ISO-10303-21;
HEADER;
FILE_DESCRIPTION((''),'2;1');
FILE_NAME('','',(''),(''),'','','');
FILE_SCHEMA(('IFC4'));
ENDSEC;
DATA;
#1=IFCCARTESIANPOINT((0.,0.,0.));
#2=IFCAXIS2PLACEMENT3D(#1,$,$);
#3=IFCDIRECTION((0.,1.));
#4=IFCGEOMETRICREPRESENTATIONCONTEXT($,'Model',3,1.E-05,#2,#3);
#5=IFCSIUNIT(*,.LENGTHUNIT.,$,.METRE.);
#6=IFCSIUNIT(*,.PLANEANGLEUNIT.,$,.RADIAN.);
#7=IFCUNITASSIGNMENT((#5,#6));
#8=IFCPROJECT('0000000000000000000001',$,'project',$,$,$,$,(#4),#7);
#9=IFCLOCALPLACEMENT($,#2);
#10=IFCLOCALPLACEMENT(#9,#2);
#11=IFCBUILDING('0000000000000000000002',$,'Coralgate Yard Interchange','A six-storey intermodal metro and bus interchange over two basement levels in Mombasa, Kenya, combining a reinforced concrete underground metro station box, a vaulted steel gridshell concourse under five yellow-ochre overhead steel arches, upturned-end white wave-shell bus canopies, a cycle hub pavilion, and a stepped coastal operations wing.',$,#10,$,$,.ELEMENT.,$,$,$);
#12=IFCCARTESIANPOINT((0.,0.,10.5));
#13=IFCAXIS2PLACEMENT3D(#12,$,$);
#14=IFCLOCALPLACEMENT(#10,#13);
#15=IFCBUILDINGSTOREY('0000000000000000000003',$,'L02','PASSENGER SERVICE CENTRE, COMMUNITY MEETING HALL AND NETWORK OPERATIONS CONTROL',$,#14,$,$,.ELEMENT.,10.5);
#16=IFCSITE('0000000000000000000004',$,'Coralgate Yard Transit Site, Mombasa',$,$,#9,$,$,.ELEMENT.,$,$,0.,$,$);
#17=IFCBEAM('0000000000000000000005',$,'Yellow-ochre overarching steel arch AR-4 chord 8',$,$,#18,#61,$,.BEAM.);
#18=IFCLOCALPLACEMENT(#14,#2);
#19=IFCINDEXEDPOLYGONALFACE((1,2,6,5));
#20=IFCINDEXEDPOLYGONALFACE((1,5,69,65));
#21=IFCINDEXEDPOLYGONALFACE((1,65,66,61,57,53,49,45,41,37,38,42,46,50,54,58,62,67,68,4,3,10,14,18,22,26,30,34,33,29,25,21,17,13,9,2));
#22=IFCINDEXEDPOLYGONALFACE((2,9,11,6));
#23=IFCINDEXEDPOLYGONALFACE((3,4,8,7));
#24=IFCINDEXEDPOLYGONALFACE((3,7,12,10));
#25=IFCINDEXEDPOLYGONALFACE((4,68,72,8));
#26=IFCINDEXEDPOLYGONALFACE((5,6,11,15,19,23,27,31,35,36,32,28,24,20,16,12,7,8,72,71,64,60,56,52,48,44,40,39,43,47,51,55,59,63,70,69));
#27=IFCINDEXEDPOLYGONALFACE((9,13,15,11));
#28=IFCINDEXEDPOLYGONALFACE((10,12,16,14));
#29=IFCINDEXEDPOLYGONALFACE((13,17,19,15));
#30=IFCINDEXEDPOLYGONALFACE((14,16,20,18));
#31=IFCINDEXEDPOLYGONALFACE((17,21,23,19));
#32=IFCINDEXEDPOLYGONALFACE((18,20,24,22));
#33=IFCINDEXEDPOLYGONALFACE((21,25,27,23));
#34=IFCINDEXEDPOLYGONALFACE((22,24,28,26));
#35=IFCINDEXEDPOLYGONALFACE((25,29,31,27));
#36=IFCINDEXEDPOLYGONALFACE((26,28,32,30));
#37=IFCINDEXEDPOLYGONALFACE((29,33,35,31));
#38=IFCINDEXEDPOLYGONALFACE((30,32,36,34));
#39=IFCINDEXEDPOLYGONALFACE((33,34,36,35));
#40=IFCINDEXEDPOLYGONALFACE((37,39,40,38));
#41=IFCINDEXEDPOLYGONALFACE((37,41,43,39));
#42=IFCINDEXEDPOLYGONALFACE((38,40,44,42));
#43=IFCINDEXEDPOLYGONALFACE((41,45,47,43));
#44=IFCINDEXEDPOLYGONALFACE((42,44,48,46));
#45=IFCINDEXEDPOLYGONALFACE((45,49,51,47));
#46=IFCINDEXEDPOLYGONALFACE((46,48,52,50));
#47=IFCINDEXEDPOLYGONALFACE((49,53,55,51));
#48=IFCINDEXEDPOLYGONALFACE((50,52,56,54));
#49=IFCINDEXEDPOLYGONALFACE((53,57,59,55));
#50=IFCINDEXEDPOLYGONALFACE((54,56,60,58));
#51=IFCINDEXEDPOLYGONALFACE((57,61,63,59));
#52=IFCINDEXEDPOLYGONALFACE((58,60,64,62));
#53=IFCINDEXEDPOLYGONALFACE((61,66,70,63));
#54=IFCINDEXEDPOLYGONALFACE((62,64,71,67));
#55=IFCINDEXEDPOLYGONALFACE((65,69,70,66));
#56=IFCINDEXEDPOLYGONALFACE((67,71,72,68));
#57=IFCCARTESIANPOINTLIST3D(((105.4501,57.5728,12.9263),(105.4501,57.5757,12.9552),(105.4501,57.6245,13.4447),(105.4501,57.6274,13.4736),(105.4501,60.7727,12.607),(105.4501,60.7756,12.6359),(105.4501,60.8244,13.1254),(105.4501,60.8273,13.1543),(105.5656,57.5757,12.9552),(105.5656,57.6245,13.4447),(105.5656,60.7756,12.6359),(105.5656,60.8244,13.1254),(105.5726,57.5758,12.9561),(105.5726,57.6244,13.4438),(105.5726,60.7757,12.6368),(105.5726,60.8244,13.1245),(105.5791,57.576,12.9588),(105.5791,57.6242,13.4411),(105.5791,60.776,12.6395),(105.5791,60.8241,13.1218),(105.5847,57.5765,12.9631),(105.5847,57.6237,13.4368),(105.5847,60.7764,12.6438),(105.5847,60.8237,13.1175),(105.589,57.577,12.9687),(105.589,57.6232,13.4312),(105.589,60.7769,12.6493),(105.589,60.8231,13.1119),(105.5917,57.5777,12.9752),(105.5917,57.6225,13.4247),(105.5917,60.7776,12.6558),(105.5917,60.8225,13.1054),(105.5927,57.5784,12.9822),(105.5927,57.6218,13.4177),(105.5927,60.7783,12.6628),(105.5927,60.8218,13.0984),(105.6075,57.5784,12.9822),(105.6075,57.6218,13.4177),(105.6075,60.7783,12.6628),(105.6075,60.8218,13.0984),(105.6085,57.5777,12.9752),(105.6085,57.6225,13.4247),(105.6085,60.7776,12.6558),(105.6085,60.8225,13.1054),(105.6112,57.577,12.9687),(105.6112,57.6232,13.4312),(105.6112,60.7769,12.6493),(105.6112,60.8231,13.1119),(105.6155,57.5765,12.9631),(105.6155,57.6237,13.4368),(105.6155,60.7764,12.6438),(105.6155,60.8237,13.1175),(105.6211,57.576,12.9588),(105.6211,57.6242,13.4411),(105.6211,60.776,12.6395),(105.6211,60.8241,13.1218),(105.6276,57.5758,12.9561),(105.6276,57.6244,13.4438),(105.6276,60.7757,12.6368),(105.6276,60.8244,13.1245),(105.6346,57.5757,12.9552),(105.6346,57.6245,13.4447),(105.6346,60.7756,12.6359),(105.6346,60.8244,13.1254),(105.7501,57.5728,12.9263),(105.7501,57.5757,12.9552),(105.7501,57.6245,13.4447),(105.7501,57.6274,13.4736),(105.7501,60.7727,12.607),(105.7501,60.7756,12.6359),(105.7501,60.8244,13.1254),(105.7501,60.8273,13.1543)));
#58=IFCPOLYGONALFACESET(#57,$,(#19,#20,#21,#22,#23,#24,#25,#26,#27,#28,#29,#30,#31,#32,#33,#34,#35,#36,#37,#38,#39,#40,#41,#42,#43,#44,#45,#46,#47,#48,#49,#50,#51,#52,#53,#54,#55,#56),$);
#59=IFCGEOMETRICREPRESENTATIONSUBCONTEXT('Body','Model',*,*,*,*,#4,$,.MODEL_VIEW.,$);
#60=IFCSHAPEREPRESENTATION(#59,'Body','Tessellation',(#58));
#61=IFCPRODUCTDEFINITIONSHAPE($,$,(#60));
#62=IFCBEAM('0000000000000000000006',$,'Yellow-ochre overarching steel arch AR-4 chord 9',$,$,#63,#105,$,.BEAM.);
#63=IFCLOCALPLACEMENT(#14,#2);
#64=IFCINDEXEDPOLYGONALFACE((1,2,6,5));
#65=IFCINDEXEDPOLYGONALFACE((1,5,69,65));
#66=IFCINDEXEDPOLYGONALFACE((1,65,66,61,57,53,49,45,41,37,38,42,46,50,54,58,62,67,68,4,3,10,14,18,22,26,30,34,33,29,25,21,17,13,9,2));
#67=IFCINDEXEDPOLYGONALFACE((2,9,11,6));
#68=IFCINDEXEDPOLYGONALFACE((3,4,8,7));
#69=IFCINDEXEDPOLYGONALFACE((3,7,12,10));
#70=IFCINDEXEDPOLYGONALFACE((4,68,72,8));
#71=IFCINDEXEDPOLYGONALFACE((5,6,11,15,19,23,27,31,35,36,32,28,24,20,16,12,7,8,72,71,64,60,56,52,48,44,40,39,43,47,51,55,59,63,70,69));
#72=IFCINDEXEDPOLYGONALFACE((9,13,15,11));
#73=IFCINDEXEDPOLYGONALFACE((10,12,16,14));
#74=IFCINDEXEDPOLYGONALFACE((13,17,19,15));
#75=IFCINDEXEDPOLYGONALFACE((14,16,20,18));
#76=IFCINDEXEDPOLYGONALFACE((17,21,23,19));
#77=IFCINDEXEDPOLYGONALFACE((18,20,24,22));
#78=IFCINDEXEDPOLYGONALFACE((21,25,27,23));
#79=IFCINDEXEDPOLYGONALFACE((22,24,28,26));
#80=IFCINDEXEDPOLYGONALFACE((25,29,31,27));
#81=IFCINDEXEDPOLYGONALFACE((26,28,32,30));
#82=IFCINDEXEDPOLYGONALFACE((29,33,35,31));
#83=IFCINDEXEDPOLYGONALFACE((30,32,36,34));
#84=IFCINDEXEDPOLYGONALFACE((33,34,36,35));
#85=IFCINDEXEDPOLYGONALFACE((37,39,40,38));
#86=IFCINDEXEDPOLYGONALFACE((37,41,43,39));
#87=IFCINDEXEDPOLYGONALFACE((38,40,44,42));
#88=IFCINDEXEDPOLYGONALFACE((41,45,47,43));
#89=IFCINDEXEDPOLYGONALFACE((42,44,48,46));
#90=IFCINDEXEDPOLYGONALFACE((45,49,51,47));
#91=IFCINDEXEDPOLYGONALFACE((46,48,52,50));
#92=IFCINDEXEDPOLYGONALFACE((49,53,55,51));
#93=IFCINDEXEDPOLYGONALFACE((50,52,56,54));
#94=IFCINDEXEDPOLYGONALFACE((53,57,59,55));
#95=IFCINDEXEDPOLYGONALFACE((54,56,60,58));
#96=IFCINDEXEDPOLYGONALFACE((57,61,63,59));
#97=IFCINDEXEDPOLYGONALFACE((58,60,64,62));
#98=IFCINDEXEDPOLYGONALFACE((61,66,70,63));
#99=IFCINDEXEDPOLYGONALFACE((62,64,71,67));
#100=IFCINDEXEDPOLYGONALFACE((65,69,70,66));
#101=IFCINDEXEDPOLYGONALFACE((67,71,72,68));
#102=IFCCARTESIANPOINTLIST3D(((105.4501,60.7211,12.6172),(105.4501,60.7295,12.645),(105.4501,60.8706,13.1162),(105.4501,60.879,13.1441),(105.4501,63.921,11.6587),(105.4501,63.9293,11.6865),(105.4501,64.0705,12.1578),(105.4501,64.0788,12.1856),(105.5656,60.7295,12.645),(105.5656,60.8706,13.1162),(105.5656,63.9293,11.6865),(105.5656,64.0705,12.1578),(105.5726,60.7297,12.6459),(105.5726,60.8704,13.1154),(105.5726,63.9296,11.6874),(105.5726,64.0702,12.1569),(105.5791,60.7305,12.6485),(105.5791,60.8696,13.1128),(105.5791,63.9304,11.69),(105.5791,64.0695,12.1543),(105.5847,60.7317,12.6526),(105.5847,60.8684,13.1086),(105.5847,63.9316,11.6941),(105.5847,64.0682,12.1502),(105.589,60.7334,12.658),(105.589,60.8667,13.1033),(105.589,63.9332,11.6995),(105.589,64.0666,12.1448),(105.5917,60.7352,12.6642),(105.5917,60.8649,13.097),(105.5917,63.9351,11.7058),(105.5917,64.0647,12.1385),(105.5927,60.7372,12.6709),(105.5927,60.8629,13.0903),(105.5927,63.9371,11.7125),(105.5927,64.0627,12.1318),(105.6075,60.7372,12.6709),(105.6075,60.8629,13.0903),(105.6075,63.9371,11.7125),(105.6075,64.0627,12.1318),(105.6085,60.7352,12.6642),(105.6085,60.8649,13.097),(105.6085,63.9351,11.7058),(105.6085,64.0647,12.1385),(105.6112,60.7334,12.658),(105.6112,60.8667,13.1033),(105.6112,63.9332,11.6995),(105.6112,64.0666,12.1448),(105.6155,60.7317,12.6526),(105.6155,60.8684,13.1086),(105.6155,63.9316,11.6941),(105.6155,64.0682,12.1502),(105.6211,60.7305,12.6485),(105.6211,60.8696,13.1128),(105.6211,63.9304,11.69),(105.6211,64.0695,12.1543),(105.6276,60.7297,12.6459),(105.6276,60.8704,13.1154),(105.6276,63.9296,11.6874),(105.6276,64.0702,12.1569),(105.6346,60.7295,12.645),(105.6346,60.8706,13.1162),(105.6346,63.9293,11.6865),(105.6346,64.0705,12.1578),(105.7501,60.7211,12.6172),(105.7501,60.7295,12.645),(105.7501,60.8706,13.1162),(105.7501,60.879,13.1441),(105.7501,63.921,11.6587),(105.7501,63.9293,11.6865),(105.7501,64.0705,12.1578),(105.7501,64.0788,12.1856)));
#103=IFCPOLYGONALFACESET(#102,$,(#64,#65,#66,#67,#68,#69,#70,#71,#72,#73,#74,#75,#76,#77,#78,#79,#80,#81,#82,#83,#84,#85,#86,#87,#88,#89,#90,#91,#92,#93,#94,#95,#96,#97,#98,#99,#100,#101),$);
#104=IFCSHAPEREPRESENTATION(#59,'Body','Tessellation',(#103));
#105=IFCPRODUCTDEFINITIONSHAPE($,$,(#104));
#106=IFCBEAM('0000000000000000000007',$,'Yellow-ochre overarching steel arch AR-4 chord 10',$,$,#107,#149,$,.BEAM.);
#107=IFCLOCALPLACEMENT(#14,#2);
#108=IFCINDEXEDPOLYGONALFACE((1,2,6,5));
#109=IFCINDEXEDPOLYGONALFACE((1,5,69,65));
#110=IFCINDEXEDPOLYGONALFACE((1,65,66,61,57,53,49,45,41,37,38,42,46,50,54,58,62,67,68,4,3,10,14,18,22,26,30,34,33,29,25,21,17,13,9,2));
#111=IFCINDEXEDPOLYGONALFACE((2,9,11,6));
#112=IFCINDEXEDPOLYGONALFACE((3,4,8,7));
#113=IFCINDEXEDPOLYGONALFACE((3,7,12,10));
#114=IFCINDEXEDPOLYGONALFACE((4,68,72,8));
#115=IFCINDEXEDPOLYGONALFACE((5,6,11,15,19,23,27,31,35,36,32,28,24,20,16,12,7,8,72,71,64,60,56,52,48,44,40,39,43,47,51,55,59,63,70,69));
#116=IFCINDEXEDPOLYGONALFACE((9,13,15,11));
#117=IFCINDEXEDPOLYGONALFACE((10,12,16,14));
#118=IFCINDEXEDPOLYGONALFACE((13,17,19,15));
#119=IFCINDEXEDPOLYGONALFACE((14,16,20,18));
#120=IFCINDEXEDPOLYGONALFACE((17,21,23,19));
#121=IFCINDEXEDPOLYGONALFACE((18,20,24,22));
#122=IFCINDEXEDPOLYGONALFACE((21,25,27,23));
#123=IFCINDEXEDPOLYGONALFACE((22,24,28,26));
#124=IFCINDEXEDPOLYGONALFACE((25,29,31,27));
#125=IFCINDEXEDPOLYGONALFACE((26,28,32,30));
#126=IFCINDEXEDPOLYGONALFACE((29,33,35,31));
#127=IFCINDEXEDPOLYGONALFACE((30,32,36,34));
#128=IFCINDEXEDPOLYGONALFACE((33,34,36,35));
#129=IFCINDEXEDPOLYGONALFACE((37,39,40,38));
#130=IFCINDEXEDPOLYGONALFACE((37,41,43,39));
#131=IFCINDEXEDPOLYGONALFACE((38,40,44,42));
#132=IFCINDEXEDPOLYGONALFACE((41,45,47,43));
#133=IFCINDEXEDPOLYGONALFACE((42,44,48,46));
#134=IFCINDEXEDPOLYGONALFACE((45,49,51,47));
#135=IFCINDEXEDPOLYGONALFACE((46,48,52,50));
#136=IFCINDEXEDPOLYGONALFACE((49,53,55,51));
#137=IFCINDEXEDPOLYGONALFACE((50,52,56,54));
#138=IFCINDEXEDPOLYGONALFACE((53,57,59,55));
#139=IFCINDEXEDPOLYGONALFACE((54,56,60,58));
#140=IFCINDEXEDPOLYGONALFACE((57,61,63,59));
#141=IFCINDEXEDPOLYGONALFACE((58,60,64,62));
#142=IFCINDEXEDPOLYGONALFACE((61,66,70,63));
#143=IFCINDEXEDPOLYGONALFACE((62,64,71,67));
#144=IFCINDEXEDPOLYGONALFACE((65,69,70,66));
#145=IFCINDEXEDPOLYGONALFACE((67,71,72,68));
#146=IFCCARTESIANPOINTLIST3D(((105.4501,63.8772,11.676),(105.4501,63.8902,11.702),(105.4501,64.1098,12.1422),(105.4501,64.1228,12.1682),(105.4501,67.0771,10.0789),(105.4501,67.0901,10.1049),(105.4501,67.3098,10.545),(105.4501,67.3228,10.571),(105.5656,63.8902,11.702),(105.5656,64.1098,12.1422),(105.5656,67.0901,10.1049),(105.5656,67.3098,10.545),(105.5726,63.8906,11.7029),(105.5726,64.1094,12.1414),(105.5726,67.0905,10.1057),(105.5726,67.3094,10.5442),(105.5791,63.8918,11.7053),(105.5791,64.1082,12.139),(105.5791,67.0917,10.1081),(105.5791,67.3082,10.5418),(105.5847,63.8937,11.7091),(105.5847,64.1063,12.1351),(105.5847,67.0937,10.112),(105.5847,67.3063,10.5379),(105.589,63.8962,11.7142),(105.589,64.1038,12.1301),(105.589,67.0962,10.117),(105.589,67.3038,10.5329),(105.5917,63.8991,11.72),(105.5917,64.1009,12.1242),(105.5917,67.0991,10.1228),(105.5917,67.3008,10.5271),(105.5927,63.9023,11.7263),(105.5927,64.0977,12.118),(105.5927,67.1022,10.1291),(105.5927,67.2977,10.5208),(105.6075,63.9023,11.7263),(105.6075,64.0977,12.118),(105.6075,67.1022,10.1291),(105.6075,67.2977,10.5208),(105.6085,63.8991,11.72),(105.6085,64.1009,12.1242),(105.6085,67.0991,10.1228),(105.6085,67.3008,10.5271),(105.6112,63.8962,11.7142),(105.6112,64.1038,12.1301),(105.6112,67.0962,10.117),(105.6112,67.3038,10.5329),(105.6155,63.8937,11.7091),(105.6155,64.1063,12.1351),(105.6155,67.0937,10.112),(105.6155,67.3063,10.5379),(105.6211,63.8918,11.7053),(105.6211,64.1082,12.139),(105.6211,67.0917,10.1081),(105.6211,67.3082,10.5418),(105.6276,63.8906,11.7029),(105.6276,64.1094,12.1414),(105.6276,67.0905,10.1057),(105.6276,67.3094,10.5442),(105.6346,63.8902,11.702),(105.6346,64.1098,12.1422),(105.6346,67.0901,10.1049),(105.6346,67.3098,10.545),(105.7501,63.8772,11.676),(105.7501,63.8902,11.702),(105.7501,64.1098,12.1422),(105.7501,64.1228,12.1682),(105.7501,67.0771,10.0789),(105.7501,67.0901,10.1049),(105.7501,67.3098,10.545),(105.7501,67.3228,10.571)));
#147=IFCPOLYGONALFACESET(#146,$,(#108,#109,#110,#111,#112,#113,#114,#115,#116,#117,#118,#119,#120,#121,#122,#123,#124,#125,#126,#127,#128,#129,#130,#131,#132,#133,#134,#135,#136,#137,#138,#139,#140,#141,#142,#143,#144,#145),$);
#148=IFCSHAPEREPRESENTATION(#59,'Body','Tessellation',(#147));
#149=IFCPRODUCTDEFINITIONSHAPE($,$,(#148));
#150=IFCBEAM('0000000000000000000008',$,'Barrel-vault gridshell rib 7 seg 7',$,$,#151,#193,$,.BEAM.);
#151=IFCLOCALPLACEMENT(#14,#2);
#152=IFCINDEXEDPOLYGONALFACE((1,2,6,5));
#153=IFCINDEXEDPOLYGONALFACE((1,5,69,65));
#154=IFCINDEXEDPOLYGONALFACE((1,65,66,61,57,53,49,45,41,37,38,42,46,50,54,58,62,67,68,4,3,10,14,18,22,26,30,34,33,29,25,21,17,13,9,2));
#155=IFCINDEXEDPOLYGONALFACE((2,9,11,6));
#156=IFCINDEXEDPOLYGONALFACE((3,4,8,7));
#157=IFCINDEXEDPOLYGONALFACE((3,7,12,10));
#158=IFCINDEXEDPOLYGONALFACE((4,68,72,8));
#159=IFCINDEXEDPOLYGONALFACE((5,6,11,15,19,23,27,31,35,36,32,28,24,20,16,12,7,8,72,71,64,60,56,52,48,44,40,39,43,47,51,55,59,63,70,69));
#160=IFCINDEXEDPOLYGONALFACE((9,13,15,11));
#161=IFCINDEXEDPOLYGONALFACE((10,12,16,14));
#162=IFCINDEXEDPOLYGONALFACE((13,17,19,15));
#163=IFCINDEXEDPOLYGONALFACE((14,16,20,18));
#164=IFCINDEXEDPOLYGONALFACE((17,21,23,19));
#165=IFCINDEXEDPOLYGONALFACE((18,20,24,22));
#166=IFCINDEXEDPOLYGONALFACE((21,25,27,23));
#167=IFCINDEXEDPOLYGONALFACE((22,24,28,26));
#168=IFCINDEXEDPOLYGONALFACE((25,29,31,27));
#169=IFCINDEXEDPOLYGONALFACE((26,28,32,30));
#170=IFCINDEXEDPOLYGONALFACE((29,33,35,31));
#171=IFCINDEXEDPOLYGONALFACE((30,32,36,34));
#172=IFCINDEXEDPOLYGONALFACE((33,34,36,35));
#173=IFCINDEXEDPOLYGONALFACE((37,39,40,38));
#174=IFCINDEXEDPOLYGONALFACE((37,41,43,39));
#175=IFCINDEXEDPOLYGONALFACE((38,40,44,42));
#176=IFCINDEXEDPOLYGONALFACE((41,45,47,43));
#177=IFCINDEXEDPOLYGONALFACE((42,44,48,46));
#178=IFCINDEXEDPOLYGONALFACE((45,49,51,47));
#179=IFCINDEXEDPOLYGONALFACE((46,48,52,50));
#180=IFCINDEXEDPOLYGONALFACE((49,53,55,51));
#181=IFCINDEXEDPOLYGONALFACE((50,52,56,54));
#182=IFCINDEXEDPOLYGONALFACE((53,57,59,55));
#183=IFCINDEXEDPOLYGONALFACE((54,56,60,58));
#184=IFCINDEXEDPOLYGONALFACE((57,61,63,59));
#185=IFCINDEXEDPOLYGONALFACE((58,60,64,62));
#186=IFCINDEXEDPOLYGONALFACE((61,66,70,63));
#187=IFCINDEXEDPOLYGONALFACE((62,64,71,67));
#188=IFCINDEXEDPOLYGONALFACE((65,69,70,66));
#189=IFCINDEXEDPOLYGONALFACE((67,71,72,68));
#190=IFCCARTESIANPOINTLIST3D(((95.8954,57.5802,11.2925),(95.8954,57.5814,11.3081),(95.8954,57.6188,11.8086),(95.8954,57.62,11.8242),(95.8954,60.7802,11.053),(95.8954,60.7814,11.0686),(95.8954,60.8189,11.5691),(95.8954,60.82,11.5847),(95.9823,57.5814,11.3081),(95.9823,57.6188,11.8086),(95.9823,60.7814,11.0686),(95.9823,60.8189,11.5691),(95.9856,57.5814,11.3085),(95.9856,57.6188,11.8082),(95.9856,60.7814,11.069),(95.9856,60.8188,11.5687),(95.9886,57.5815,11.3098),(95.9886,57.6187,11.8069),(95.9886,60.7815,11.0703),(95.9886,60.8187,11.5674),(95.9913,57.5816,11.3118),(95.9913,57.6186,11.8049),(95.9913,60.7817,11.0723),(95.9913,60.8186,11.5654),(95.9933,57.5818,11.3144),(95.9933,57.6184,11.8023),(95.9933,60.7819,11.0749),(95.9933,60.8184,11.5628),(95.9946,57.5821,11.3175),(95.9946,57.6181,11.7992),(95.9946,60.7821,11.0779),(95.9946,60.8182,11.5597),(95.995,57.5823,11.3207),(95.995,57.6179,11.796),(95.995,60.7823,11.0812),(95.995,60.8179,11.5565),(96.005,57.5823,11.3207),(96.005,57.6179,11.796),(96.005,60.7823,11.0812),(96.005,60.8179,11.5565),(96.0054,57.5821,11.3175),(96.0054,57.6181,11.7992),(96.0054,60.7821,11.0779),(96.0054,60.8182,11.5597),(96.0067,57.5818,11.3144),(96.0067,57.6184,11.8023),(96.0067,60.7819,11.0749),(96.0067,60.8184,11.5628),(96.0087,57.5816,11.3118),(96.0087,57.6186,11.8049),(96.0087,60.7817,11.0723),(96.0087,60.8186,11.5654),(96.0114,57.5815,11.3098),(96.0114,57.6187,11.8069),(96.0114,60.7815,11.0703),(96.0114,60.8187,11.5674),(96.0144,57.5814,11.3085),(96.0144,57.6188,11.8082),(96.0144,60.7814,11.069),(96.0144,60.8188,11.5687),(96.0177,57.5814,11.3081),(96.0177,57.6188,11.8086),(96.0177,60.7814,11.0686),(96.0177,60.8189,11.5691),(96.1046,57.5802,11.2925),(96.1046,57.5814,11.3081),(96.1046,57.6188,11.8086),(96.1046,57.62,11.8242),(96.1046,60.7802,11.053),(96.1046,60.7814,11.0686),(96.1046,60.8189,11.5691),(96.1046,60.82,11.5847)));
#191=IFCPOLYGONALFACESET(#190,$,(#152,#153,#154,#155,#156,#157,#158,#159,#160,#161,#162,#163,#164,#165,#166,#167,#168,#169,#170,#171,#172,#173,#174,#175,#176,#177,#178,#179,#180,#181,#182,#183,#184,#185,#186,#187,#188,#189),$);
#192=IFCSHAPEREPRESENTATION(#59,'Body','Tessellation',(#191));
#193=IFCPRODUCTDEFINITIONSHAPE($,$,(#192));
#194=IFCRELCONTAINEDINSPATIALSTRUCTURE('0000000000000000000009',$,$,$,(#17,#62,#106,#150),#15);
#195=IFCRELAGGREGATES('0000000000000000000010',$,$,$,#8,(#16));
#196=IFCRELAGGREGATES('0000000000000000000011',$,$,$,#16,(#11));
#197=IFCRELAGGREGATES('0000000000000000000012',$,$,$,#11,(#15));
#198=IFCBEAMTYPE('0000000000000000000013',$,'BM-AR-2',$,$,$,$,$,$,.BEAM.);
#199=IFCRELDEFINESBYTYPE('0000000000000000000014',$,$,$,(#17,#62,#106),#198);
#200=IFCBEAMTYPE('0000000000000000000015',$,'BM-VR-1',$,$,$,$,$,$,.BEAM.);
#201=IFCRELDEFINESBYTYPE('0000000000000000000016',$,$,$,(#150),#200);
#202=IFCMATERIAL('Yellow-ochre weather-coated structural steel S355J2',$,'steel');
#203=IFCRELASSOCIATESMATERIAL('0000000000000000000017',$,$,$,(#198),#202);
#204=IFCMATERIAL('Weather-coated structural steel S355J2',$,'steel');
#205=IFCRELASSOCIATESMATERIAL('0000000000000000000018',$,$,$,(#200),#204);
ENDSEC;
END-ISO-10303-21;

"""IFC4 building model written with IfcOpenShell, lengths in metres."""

from ifc_helpers import new_model, si_unit, direction, frame, origin, origin_2d, place, context, subcontext, project, spatial, i_section, extrude, material, material_profile, profile_set, type_object, element, save


model = new_model("IFC4")

# Units and contexts
model_context = context("Model", 3, precision=1e-05, world=origin(), true_north=direction((0.0, 1.0)))
body_context = subcontext(model_context, "Body", "Model", "MODEL_VIEW")
ifc_project = project(units=[si_unit("LENGTHUNIT", "METRE"), si_unit("PLANEANGLEUNIT", "RADIAN")], contexts=[model_context])

# Site, building, storey
site_placement = place(None, origin())
site = spatial("IfcSite", under=ifc_project, at=site_placement, Name="Coralgate Yard Transit Site, Mombasa", CompositionType="ELEMENT", RefElevation=0.0)
building_placement = place(site_placement, origin())
building = spatial("IfcBuilding", under=site, at=building_placement, Name="Coralgate Yard Interchange", Description="A six-storey intermodal metro and bus interchange over two basement levels in Mombasa, Kenya, combining a reinforced concrete underground metro station box, a vaulted steel gridshell concourse under five yellow-ochre overhead steel arches, upturned-end white wave-shell bus canopies, a cycle hub pavilion, and a stepped coastal operations wing.", CompositionType="ELEMENT")
storey_placement = place(building_placement, frame((0.0, 0.0, 10.5)))
storey = spatial("IfcBuildingStorey", under=building, at=storey_placement, Name="L02", Description="PASSENGER SERVICE CENTRE, COMMUNITY MEETING HALL AND NETWORK OPERATIONS CONTROL", CompositionType="ELEMENT", Elevation=10.5)

# Beams
ifc_material_1 = material(Name="Yellow-ochre weather-coated structural steel S355J2", Category="steel")
ifc_material_profile_1 = material_profile(ifc_material_1, i_section(OverallWidth=0.3, OverallDepth=0.55, WebThickness=0.0149, FlangeThickness=0.0291, FilletRadius=0.0271, at=origin_2d()), Name="HEB 550")
ifc_profile_set_1 = profile_set([ifc_material_profile_1], Name="Yellow-ochre weather-coated structural steel S355J2")
beam_type_1 = type_object("IfcBeamType", Name="BM-AR-2", PredefinedType="BEAM", material=ifc_profile_set_1)
beam_1_placement = place(storey_placement, frame((105.6001, 57.6001, 13.2), z_axis=(0.0, 0.995057, -0.099301), x_axis=(-1.0, 0.0, 0.0)))
element("IfcBeam", 1, at=beam_1_placement, inside=storey, type_object=beam_type_1, Name="Yellow-ochre overarching steel arch AR-4 chord 8", PredefinedType="BEAM", context=body_context, shape_type="SweptSolid", body=[
    extrude(i_section(OverallWidth=0.3, OverallDepth=0.55, WebThickness=0.0149, FlangeThickness=0.0291, FilletRadius=0.0271, at=origin_2d()), origin(), (0.0, 0.0, 1.0), 3.2158),
])
beam_2_placement = place(storey_placement, frame((105.6001, 60.8, 12.8806), z_axis=(0.0, 0.957949, -0.286939), x_axis=(-1.0, 0.0, 0.0)))
element("IfcBeam", 2, at=beam_2_placement, inside=storey, type_object=beam_type_1, Name="Yellow-ochre overarching steel arch AR-4 chord 9", PredefinedType="BEAM", context=body_context, shape_type="SweptSolid", body=[
    extrude(i_section(OverallWidth=0.3, OverallDepth=0.55, WebThickness=0.0149, FlangeThickness=0.0291, FilletRadius=0.0271, at=origin_2d()), origin(), (0.0, 0.0, 1.0), 3.3403),
])
beam_3_placement = place(storey_placement, frame((105.6001, 64.0, 11.9221), z_axis=(0.0, 0.894741, -0.446585), x_axis=(-1.0, 0.0, 0.0)))
element("IfcBeam", 3, at=beam_3_placement, inside=storey, type_object=beam_type_1, Name="Yellow-ochre overarching steel arch AR-4 chord 10", PredefinedType="BEAM", context=body_context, shape_type="SweptSolid", body=[
    extrude(i_section(OverallWidth=0.3, OverallDepth=0.55, WebThickness=0.0149, FlangeThickness=0.0291, FilletRadius=0.0271, at=origin_2d()), origin(), (0.0, 0.0, 1.0), 3.5764),
])
ifc_material_2 = material(Name="Weather-coated structural steel S355J2", Category="steel")
ifc_material_profile_2 = material_profile(ifc_material_2, i_section(OverallWidth=0.2092, OverallDepth=0.5332, WebThickness=0.01, FlangeThickness=0.0156, FilletRadius=0.0127, at=origin_2d()), Name="UB 533x210x92")
ifc_profile_set_2 = profile_set([ifc_material_profile_2], Name="Weather-coated structural steel S355J2")
beam_type_2 = type_object("IfcBeamType", Name="BM-VR-1", PredefinedType="BEAM", material=ifc_profile_set_2)
beam_4_placement = place(storey_placement, frame((96.0, 57.6001, 11.5583), z_axis=(0.0, 0.997211, -0.074637), x_axis=(-1.0, 0.0, 0.0)))
element("IfcBeam", 4, at=beam_4_placement, inside=storey, type_object=beam_type_2, Name="Barrel-vault gridshell rib 7 seg 7", PredefinedType="BEAM", context=body_context, shape_type="SweptSolid", body=[
    extrude(i_section(OverallWidth=0.2092, OverallDepth=0.5332, WebThickness=0.01, FlangeThickness=0.0156, FilletRadius=0.0127, at=origin_2d()), origin(), (0.0, 0.0, 1.0), 3.209),
])

save(model, "model.ifc")
